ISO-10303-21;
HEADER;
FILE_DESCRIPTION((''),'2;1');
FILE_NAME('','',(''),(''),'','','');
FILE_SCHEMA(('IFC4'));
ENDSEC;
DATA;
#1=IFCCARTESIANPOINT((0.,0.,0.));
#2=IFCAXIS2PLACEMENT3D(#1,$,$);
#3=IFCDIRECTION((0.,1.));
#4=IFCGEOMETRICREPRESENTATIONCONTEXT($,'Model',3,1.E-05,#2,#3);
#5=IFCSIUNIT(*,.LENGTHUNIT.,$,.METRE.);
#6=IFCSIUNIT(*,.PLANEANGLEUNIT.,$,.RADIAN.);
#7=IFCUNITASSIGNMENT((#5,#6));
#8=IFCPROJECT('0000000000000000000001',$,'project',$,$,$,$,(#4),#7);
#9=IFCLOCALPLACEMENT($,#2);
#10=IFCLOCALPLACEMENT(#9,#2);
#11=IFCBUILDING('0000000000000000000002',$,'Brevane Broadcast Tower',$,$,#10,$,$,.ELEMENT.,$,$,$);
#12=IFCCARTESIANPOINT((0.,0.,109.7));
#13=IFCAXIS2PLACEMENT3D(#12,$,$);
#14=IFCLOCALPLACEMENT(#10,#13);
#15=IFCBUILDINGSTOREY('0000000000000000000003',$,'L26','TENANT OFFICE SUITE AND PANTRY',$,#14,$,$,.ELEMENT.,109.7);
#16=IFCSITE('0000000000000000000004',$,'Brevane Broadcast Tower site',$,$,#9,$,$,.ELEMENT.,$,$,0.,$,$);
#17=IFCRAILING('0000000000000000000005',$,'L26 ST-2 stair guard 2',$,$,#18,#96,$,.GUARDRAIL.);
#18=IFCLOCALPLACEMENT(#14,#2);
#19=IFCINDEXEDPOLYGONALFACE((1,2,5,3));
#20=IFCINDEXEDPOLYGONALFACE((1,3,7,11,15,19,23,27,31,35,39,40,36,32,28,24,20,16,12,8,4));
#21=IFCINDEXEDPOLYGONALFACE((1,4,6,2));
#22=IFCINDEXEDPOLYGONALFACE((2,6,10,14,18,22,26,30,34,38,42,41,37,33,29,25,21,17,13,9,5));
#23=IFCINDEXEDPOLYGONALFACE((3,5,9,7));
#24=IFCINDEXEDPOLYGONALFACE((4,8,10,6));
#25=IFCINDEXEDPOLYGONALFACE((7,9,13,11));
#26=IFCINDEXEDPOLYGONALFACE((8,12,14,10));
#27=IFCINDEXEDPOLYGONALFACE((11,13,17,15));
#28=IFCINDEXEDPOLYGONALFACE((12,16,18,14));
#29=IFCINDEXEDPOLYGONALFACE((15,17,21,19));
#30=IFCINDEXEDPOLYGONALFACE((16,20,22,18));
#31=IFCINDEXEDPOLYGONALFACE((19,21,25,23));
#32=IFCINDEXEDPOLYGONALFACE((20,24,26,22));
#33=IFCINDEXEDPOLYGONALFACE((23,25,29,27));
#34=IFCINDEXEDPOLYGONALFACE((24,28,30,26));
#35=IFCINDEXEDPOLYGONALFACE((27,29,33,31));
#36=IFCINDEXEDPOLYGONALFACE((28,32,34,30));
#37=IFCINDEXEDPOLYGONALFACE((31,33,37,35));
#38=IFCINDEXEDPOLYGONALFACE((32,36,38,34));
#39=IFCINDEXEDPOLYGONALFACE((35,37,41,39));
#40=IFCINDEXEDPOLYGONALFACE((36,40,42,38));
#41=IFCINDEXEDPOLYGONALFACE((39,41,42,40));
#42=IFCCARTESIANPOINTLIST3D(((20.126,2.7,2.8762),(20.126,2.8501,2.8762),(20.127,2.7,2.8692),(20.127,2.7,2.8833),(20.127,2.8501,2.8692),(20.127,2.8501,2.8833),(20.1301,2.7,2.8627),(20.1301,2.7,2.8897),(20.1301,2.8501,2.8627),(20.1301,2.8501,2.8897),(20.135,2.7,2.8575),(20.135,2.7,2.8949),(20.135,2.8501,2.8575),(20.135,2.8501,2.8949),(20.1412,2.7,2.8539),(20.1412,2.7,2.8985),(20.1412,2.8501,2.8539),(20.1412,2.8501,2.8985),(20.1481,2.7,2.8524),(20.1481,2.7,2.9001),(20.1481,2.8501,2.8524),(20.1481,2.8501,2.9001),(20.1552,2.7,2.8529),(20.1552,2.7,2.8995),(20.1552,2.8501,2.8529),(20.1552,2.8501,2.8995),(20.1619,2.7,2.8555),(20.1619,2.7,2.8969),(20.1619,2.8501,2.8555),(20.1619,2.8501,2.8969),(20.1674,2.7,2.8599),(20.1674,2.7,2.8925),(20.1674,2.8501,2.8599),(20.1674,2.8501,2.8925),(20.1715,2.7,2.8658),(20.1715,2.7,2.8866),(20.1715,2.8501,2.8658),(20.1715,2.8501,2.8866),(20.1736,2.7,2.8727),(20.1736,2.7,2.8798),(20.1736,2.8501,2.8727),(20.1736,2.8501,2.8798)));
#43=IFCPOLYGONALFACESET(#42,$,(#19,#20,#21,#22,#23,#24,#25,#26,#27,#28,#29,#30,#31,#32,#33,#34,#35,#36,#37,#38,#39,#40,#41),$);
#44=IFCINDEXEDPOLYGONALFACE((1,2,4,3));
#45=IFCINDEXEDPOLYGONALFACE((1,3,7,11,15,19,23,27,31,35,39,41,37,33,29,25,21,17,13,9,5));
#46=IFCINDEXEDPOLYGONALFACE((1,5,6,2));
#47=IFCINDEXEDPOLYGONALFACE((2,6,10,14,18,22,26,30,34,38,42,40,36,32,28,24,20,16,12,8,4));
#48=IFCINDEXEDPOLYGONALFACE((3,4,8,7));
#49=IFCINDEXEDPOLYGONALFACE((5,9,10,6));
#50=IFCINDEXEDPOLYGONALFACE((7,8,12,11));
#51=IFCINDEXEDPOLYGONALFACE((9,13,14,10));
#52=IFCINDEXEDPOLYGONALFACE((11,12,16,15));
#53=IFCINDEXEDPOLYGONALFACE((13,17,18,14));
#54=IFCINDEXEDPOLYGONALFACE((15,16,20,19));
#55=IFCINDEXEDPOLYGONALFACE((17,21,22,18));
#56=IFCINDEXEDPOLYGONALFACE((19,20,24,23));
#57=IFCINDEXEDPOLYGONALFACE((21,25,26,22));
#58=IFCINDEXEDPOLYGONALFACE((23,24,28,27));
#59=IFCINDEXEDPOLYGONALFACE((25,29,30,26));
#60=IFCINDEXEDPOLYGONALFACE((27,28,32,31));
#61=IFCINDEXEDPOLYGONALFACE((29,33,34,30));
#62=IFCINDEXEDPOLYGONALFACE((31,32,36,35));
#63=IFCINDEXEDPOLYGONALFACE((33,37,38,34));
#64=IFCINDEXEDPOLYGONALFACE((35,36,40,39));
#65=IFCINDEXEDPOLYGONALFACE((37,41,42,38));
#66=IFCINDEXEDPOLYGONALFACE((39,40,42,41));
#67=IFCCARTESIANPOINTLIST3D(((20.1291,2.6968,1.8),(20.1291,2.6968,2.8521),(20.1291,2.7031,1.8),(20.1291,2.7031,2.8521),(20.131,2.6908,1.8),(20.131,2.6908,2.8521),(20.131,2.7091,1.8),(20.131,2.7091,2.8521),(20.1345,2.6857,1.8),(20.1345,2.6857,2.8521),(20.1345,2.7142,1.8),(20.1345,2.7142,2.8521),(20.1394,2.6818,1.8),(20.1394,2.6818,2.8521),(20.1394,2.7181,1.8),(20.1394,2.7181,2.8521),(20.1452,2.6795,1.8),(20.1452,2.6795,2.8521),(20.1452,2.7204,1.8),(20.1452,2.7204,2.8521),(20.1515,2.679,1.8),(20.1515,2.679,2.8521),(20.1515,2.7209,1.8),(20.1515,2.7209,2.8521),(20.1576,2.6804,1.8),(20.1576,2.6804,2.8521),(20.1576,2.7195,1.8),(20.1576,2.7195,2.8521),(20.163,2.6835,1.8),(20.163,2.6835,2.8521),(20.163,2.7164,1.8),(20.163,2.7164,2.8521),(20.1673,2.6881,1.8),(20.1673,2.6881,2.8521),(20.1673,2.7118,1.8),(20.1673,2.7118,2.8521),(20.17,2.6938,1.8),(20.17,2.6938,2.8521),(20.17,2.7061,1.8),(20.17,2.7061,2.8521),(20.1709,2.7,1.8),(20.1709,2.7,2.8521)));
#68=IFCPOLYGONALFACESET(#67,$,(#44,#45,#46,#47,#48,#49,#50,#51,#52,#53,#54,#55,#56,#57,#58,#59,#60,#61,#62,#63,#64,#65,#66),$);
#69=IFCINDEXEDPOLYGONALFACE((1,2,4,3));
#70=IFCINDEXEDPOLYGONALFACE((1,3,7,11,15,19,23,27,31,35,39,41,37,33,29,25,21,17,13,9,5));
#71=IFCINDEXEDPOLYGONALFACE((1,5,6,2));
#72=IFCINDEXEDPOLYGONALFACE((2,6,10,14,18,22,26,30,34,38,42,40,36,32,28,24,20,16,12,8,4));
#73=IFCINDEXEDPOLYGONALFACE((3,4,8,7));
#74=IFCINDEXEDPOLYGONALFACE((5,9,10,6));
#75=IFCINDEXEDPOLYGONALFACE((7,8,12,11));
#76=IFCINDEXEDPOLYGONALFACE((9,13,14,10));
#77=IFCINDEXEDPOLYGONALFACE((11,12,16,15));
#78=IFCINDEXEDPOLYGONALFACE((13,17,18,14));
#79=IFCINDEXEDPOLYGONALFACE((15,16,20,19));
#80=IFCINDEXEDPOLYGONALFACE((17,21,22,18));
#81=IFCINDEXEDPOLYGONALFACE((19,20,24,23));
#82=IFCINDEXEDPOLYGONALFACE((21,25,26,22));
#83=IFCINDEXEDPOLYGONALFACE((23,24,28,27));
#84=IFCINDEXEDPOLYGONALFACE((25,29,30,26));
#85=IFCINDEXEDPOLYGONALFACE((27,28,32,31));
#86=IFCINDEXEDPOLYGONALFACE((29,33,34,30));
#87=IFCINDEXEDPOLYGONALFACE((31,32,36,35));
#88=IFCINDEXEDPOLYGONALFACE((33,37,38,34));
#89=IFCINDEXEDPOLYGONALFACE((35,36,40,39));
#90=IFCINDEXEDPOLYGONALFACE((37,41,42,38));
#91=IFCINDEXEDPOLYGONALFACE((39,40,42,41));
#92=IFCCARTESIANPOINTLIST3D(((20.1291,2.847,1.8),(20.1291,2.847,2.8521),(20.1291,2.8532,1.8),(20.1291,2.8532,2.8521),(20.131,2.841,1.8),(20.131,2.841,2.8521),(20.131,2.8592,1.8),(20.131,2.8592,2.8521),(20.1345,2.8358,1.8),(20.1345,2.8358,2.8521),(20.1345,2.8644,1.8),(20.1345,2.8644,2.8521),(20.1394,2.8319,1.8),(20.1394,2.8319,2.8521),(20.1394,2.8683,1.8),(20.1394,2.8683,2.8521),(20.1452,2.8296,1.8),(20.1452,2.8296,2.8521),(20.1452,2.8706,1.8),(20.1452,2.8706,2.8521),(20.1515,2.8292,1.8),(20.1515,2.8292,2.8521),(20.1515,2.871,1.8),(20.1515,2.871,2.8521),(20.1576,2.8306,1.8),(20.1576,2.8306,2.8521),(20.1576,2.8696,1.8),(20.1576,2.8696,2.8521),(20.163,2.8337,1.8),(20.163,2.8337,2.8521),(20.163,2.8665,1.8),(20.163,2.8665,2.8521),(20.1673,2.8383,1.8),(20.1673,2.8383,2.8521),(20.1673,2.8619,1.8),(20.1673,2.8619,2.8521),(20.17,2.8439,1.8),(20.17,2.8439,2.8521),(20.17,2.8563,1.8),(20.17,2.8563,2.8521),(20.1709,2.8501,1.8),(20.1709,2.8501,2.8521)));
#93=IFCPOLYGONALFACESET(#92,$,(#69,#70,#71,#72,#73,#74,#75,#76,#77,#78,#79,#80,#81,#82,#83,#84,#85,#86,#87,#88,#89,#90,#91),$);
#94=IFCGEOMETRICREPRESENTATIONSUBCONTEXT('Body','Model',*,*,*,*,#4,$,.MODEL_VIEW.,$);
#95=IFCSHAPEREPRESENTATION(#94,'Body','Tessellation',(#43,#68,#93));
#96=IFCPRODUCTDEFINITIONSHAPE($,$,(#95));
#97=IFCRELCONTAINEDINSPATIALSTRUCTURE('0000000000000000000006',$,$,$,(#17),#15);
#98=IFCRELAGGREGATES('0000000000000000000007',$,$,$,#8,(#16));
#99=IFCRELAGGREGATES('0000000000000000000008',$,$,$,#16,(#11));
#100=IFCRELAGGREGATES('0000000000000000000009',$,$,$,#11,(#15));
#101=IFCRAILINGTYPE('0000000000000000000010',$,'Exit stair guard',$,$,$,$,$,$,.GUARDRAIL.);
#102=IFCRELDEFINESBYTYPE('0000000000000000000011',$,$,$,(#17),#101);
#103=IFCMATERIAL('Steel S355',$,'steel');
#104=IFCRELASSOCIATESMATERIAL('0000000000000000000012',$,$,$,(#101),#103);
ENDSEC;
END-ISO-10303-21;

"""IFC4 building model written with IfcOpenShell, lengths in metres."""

from ifc_helpers import new_model, si_unit, direction, frame, origin, origin_2d, place, context, subcontext, project, spatial, circle, extrude, material, type_object, element, save


model = new_model("IFC4")

# Units and contexts
model_context = context("Model", 3, precision=1e-05, world=origin(), true_north=direction((0.0, 1.0)))
body_context = subcontext(model_context, "Body", "Model", "MODEL_VIEW")
ifc_project = project(units=[si_unit("LENGTHUNIT", "METRE"), si_unit("PLANEANGLEUNIT", "RADIAN")], contexts=[model_context])

# Site, building, storey
site_placement = place(None, origin())
site = spatial("IfcSite", under=ifc_project, at=site_placement, Name="Brevane Broadcast Tower site", CompositionType="ELEMENT", RefElevation=0.0)
building_placement = place(site_placement, origin())
building = spatial("IfcBuilding", under=site, at=building_placement, Name="Brevane Broadcast Tower", CompositionType="ELEMENT")
storey_placement = place(building_placement, frame((0.0, 0.0, 109.7)))
storey = spatial("IfcBuildingStorey", under=building, at=storey_placement, Name="L26", Description="TENANT OFFICE SUITE AND PANTRY", CompositionType="ELEMENT", Elevation=109.7)

# Railing
ifc_material_1 = material(Name="Steel S355", Category="steel")
railing_type_1 = type_object("IfcRailingType", Name="Exit stair guard", PredefinedType="GUARDRAIL", material=ifc_material_1)
railing_1_placement = place(storey_placement, frame((20.1499, 2.7, 1.8)))
element("IfcRailing", 1, at=railing_1_placement, inside=storey, type_object=railing_type_1, Name="L26 ST-2 stair guard 2", PredefinedType="GUARDRAIL", context=body_context, shape_type="SweptSolid", body=[
    extrude(circle(Radius=0.0239, at=origin_2d()), frame((0.0, 0.0, 1.0762), z_axis=(0.0, 1.0, 0.0), x_axis=(-1.0, 0.0, 0.0)), (0.0, 0.0, 1.0), 0.1501),
    extrude(circle(Radius=0.021, at=origin_2d()), origin(), (0.0, 0.0, 1.0), 1.052),
    extrude(circle(Radius=0.021, at=origin_2d()), frame((0.0, 0.1501, 0.0)), (0.0, 0.0, 1.0), 1.052),
])

save(model, "model.ifc")
